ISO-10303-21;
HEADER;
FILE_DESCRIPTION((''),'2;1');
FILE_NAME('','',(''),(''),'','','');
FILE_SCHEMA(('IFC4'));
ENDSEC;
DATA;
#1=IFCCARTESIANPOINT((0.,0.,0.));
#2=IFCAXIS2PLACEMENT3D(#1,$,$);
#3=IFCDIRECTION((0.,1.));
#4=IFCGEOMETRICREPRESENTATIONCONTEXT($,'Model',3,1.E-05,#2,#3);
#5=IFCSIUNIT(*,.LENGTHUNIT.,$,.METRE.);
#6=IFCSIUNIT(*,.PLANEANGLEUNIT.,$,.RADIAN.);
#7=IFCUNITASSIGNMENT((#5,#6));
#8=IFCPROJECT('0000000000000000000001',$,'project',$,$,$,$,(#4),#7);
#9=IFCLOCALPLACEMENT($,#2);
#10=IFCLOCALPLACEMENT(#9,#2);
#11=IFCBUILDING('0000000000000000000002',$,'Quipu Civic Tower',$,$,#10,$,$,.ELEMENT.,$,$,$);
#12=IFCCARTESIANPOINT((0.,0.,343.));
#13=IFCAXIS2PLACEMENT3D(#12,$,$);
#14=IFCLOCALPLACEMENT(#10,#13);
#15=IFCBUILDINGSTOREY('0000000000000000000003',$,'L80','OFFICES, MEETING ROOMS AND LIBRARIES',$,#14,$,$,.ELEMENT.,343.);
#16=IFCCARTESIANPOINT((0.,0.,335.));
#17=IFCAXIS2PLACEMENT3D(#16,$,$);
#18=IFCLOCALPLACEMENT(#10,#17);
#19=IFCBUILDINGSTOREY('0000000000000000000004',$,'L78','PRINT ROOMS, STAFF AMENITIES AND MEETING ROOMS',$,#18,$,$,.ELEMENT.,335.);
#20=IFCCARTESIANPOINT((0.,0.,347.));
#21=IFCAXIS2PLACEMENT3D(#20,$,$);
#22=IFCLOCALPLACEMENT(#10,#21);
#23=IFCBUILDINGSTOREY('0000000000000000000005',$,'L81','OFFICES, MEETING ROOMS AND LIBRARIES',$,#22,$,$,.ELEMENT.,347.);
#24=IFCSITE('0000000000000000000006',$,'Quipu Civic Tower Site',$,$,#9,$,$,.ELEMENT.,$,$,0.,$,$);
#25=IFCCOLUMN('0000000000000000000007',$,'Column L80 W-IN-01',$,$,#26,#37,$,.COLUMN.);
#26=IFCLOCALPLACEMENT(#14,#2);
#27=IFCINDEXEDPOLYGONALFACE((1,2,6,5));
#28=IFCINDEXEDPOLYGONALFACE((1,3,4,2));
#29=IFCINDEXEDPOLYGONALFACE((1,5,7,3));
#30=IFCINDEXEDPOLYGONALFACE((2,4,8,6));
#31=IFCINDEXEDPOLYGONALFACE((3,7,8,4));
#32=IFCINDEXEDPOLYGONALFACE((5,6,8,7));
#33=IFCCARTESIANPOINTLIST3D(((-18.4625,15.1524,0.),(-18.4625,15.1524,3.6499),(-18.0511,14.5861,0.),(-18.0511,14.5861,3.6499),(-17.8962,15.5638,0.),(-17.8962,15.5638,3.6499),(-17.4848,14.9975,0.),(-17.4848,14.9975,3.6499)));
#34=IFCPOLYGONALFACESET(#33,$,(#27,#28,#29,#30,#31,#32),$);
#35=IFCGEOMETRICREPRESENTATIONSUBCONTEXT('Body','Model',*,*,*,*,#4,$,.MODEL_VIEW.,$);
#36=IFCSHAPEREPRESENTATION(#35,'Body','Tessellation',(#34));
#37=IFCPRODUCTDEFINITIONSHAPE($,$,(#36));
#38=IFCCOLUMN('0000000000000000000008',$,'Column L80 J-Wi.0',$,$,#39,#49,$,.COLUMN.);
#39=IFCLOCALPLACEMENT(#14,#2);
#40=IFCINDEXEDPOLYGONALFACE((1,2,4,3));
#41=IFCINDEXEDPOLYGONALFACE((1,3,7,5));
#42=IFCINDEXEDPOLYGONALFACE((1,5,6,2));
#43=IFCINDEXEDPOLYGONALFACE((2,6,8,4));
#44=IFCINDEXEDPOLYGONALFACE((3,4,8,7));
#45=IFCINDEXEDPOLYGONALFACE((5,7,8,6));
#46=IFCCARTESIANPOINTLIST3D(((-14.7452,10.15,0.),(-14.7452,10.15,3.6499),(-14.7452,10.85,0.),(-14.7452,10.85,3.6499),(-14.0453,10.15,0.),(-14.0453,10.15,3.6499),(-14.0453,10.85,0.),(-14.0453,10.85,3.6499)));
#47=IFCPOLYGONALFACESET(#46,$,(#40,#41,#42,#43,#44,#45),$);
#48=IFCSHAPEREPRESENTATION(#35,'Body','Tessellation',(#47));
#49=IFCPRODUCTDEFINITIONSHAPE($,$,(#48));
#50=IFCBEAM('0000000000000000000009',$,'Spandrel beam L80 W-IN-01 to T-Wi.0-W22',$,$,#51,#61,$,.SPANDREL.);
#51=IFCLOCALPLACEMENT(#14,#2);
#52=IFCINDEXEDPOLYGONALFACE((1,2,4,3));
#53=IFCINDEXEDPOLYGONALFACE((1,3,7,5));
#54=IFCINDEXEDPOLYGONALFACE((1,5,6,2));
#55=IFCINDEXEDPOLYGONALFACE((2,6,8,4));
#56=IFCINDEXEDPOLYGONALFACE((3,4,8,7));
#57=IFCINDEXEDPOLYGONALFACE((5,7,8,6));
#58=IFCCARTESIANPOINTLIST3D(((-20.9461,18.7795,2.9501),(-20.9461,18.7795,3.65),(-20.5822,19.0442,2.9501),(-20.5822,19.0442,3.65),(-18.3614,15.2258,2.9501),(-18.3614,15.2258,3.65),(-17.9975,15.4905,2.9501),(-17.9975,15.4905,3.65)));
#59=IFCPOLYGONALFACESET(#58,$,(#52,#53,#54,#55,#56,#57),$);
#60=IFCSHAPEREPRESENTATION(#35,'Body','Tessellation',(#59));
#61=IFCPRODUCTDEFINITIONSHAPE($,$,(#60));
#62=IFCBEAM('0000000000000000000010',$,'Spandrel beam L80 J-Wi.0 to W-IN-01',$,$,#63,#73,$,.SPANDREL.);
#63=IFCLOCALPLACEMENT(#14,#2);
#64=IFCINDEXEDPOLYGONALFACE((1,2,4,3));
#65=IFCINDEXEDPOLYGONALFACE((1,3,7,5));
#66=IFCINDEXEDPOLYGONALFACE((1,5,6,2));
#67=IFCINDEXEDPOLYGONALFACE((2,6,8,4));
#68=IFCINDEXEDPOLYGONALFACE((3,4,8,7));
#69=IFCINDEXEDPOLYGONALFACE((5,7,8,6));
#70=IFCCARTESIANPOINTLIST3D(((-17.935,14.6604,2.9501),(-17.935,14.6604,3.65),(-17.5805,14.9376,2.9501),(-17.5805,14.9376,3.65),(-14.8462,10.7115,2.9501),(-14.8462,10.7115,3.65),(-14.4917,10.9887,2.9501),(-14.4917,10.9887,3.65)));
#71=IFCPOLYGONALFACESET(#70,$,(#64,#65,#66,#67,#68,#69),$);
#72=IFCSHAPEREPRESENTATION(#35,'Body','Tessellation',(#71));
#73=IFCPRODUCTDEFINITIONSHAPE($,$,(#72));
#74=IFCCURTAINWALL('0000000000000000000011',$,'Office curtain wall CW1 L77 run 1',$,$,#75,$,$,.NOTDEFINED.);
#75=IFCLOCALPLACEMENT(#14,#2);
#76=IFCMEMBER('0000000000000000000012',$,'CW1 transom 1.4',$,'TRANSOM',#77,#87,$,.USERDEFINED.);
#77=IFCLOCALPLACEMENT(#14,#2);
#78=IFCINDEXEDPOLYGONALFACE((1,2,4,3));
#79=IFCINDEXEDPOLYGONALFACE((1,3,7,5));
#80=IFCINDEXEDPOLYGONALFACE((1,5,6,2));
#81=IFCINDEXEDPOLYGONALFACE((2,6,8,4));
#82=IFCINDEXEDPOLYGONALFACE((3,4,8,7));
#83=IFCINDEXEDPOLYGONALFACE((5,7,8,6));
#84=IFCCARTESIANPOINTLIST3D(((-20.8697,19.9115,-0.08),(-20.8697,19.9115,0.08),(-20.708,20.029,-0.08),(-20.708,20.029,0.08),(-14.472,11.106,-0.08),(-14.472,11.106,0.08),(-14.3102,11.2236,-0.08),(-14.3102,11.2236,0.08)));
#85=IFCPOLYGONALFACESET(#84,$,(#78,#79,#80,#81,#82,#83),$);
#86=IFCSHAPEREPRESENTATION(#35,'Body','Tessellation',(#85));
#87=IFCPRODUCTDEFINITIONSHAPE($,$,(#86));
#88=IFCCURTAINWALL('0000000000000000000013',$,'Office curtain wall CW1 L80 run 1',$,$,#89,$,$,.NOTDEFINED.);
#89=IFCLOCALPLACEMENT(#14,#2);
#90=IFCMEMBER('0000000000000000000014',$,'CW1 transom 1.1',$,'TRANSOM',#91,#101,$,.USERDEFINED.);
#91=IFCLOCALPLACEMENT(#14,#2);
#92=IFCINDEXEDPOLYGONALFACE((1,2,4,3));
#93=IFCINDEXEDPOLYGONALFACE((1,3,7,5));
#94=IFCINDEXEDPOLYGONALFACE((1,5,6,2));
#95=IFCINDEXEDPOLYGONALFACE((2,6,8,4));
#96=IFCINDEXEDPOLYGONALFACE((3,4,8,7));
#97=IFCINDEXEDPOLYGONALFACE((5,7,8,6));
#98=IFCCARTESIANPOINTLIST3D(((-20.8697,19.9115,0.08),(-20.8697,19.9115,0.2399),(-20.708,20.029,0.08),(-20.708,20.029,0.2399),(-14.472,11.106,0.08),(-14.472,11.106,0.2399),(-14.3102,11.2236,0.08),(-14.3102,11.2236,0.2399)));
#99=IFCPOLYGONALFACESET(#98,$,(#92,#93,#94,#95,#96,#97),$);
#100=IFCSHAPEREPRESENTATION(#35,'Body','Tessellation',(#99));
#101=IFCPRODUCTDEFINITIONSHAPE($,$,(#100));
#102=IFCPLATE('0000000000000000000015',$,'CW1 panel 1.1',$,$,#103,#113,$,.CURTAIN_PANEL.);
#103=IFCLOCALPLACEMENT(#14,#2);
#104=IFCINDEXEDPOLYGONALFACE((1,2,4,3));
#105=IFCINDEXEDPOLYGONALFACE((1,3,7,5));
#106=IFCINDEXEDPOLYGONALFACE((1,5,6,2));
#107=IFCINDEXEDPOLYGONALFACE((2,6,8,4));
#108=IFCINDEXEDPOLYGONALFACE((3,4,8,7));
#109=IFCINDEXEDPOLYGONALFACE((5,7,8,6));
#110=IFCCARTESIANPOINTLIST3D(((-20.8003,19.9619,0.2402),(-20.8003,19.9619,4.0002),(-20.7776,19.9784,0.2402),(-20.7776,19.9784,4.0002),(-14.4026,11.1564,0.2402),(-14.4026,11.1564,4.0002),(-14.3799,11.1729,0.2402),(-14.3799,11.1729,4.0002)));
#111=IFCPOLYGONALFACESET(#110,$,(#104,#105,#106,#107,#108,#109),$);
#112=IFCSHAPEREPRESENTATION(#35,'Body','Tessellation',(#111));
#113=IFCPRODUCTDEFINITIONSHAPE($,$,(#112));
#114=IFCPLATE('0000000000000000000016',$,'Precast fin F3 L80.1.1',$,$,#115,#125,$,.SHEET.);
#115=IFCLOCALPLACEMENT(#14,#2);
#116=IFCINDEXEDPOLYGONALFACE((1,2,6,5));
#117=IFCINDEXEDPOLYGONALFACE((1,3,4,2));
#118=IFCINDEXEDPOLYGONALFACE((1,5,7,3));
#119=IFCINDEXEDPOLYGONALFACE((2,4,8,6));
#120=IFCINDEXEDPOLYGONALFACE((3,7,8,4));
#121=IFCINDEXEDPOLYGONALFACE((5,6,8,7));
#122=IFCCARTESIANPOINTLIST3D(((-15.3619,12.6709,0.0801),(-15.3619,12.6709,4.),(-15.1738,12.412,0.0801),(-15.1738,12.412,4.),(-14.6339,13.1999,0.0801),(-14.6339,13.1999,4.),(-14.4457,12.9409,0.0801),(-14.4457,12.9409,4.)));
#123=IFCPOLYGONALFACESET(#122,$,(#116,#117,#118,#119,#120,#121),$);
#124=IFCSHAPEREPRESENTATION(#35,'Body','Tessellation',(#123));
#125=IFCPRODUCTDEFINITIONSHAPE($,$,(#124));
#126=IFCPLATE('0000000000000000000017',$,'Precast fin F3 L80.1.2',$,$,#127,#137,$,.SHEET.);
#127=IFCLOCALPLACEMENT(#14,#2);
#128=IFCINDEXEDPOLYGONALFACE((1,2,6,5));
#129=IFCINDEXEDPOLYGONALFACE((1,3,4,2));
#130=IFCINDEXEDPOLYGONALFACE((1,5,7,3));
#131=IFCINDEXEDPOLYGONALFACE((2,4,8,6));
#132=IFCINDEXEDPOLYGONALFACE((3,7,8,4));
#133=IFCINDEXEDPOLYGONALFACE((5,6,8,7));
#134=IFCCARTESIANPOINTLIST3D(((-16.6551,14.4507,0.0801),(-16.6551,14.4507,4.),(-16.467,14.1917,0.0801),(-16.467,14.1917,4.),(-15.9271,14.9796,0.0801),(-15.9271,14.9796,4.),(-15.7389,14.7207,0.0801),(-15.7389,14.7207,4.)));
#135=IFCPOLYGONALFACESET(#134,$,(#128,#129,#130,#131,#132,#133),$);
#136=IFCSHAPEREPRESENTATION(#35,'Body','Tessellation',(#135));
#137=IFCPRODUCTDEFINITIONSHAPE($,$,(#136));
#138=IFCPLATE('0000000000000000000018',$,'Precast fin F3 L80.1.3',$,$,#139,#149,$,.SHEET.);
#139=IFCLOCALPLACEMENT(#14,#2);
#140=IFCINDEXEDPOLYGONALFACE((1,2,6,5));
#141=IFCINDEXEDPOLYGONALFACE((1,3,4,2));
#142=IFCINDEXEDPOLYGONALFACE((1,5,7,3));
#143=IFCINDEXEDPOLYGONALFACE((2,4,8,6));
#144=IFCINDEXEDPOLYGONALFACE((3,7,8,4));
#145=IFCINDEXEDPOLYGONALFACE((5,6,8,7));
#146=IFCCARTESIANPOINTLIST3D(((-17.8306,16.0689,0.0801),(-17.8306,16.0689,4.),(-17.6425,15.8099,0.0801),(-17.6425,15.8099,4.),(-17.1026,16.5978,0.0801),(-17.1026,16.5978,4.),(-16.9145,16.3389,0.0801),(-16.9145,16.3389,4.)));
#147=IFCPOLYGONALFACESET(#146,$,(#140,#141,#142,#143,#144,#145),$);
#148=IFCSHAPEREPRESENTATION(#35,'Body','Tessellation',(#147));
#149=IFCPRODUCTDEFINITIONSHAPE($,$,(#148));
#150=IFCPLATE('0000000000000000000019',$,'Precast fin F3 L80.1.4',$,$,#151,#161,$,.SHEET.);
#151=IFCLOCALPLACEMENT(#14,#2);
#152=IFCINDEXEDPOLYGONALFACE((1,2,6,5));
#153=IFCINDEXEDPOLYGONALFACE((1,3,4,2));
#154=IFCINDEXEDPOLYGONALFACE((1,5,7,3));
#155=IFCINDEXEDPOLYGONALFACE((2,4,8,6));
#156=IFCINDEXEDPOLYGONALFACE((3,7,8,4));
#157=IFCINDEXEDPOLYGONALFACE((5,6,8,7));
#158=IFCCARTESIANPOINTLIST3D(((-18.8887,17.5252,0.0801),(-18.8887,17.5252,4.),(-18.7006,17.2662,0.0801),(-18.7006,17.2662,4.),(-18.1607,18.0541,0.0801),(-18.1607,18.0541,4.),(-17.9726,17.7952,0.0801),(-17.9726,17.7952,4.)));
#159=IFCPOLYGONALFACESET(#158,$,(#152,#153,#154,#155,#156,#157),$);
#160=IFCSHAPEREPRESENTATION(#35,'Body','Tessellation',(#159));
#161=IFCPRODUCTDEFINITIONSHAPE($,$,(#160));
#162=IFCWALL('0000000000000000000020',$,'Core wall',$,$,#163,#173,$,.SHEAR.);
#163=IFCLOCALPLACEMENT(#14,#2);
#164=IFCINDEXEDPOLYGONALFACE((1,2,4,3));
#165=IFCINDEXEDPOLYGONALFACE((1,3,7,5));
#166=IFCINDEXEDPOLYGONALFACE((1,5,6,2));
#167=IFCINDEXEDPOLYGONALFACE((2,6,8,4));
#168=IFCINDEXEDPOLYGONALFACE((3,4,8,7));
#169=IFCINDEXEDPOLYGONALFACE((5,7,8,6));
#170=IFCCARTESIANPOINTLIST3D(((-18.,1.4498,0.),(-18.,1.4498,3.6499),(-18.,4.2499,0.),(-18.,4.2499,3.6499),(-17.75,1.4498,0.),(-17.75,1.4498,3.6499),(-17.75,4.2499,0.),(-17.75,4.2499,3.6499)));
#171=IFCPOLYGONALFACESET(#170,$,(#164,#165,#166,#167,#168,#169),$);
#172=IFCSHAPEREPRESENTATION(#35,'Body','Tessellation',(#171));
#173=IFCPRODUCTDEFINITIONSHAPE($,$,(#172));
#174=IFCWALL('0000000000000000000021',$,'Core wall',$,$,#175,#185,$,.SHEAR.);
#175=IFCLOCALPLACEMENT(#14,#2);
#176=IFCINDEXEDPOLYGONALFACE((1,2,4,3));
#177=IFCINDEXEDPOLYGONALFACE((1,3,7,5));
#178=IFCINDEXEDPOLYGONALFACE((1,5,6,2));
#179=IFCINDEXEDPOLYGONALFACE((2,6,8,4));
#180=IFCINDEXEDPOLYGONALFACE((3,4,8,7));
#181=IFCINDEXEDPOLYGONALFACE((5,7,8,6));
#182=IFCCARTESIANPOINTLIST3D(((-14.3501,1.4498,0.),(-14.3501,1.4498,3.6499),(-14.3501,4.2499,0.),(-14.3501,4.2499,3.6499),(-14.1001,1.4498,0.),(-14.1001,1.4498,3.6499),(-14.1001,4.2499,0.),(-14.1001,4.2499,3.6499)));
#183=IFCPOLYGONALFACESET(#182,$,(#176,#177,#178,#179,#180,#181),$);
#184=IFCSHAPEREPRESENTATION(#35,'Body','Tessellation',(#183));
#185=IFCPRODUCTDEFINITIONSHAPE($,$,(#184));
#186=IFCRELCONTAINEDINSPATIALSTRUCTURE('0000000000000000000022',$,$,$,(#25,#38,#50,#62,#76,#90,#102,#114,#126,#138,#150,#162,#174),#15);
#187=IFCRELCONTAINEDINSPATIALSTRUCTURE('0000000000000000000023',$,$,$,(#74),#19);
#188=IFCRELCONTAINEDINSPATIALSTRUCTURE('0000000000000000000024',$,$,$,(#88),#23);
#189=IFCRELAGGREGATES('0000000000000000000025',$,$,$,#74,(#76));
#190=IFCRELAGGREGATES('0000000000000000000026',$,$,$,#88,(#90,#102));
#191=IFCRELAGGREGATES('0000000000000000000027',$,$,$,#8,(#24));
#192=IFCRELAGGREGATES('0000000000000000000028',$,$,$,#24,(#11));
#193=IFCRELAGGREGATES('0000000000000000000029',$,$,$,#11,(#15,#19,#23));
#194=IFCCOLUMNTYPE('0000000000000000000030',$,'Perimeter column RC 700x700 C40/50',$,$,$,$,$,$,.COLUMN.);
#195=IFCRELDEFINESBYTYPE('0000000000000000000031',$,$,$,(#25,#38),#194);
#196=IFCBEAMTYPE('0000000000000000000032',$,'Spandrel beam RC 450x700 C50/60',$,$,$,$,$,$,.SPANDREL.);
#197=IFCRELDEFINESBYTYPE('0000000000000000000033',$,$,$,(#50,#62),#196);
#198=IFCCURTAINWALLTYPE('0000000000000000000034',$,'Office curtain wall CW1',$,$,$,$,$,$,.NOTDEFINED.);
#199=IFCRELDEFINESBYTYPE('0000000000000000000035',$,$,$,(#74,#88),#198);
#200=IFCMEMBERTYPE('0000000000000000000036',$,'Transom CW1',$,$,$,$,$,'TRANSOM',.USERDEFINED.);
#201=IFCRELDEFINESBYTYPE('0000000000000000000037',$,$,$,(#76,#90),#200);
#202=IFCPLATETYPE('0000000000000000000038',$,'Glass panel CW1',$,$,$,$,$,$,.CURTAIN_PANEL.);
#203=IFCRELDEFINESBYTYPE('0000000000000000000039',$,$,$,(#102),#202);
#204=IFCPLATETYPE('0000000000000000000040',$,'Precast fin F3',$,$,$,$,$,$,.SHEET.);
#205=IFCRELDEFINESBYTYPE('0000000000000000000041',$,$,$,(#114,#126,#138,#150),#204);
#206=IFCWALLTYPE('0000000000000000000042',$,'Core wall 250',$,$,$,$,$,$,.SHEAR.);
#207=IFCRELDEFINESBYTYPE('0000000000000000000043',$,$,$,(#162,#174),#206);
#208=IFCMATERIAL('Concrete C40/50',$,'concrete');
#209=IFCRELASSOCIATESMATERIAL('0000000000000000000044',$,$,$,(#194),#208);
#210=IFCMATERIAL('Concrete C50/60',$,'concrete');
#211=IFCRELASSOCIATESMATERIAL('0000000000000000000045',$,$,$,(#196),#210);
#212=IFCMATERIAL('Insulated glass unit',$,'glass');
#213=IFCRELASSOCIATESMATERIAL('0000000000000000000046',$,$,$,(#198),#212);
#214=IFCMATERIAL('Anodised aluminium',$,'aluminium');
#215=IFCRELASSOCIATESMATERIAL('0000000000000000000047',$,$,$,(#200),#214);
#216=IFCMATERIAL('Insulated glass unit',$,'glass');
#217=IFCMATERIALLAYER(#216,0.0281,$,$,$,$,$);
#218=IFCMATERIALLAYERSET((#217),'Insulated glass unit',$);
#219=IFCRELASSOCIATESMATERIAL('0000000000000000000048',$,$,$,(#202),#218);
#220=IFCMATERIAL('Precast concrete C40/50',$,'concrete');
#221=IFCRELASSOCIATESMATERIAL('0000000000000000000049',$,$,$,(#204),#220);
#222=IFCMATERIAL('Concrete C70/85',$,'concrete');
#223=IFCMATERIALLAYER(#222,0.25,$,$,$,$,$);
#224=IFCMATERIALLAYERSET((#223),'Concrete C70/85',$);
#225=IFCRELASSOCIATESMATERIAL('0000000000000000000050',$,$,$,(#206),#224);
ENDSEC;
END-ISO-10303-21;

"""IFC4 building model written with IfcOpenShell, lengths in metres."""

from ifc_helpers import new_model, si_unit, direction, frame, frame_2d, origin, origin_2d, place, context, subcontext, project, spatial, rectangle, extrude, material, layer, layer_set, material_profile, profile_set, type_object, element, aggregate, save


model = new_model("IFC4")

# Units and contexts
model_context = context("Model", 3, precision=1e-05, world=origin(), true_north=direction((0.0, 1.0)))
body_context = subcontext(model_context, "Body", "Model", "MODEL_VIEW")
ifc_project = project(units=[si_unit("LENGTHUNIT", "METRE"), si_unit("PLANEANGLEUNIT", "RADIAN")], contexts=[model_context])

# Site, building, storey
site_placement = place(None, origin())
site = spatial("IfcSite", under=ifc_project, at=site_placement, Name="Quipu Civic Tower Site", CompositionType="ELEMENT", RefElevation=0.0)
building_placement = place(site_placement, origin())
building = spatial("IfcBuilding", under=site, at=building_placement, Name="Quipu Civic Tower", CompositionType="ELEMENT")
storey_1_placement = place(building_placement, frame((0.0, 0.0, 343.0)))
storey_1 = spatial("IfcBuildingStorey", under=building, at=storey_1_placement, Name="L80", Description="OFFICES, MEETING ROOMS AND LIBRARIES", CompositionType="ELEMENT", Elevation=343.0)

# Columns
ifc_material_1 = material(Name="Concrete C40/50", Category="concrete")
ifc_material_profile_1 = material_profile(ifc_material_1, rectangle(XDim=0.7, YDim=0.7, at=origin_2d()), Name="RC700x700")
ifc_profile_set_1 = profile_set([ifc_material_profile_1], Name="Concrete C40/50")
column_type = type_object("IfcColumnType", Name="Perimeter column RC 700x700 C40/50", PredefinedType="COLUMN", material=ifc_profile_set_1)
for number, where, z_axis, x_axis, name in (
    (1, (-17.9736, 15.075, 0.0), (0.0, 0.0, 1.0), (-0.587785, 0.809017, 0.0), "Column L80 W-IN-01"),
    (2, (-14.3953, 10.5, 0.0), (0.0, 0.0, 1.0), (-1.0, 0.0, 0.0), "Column L80 J-Wi.0"),
):
    element("IfcColumn", number, at=place(storey_1_placement, frame(where, z_axis=z_axis, x_axis=x_axis)), inside=storey_1, type_object=column_type, Name=name, PredefinedType="COLUMN", context=body_context, shape_type="SweptSolid", body=[
        extrude(rectangle(XDim=0.7, YDim=0.7, at=origin_2d()), origin(), (0.0, 0.0, 1.0), 3.6499),
    ])

# Beams
ifc_material_2 = material(Name="Concrete C50/60", Category="concrete")
ifc_material_profile_2 = material_profile(ifc_material_2, rectangle(XDim=0.45, YDim=0.7, at=origin_2d()), Name="RC450x700")
ifc_profile_set_2 = profile_set([ifc_material_profile_2], Name="Concrete C50/60")
beam_type = type_object("IfcBeamType", Name="Spandrel beam RC 450x700 C50/60", PredefinedType="SPANDREL", material=ifc_profile_set_2)
beam_1_placement = place(storey_1_placement, frame((-18.1794, 15.3582, 3.3), z_axis=(-0.588201, 0.808714, 0.0), x_axis=(-0.808714, -0.588201, 0.0)))
element("IfcBeam", 3, at=beam_1_placement, inside=storey_1, type_object=beam_type, Name="Spandrel beam L80 W-IN-01 to T-Wi.0-W22", PredefinedType="SPANDREL", context=body_context, shape_type="SweptSolid", body=[
    extrude(rectangle(XDim=0.45, YDim=0.7, at=origin_2d()), origin(), (0.0, 0.0, 1.0), 4.3943),
])
beam_2_placement = place(storey_1_placement, frame((-14.6689, 10.8501, 3.3), z_axis=(-0.616106, 0.787663, 0.0), x_axis=(-0.787663, -0.616106, 0.0)))
element("IfcBeam", 4, at=beam_2_placement, inside=storey_1, type_object=beam_type, Name="Spandrel beam L80 J-Wi.0 to W-IN-01", PredefinedType="SPANDREL", context=body_context, shape_type="SweptSolid", body=[
    extrude(rectangle(XDim=0.45, YDim=0.7, at=origin_2d()), origin(), (0.0, 0.0, 1.0), 5.0134),
])

# Shared definitions
storey_2_placement = place(building_placement, frame((0.0, 0.0, 335.0)))
storey_2 = spatial("IfcBuildingStorey", under=building, at=storey_2_placement, Name="L78", Description="PRINT ROOMS, STAFF AMENITIES AND MEETING ROOMS", CompositionType="ELEMENT", Elevation=335.0)

# Curtain wall, member
ifc_material_3 = material(Name="Insulated glass unit", Category="glass")
curtain_wall_type = type_object("IfcCurtainWallType", Name="Office curtain wall CW1", PredefinedType="NOTDEFINED", material=ifc_material_3)
curtain_wall_1_placement = place(storey_2_placement, origin())
curtain_wall_1 = element("IfcCurtainWall", 5, at=curtain_wall_1_placement, inside=storey_2, type_object=curtain_wall_type, Name="Office curtain wall CW1 L77 run 1", PredefinedType="NOTDEFINED")
ifc_material_4 = material(Name="Anodised aluminium", Category="aluminium")
ifc_material_profile_3 = material_profile(ifc_material_4, rectangle(XDim=0.2, YDim=0.1599, at=origin_2d()), Name="RECT 200x160")
ifc_profile_set_3 = profile_set([ifc_material_profile_3], Name="Anodised aluminium")
member_type = type_object("IfcMemberType", Name="Transom CW1", ElementType="TRANSOM", PredefinedType="USERDEFINED", material=ifc_profile_set_3)
member_1_placement = place(storey_1_placement, frame((-14.3911, 11.1648, 0.0), z_axis=(-0.587797, 0.809009, 0.0), x_axis=(-0.809009, -0.587797, 0.0)))
member_1 = element("IfcMember", 6, at=member_1_placement, inside=storey_1, type_object=member_type, Name="CW1 transom 1.4", ObjectType="TRANSOM", PredefinedType="USERDEFINED", context=body_context, shape_type="SweptSolid", body=[
    extrude(rectangle(XDim=0.2, YDim=0.1599, at=origin_2d()), origin(), (0.0, 0.0, 1.0), 10.8843),
])
aggregate(curtain_wall_1, [member_1])

# Shared definitions
storey_3_placement = place(building_placement, frame((0.0, 0.0, 347.0)))
storey_3 = spatial("IfcBuildingStorey", under=building, at=storey_3_placement, Name="L81", Description="OFFICES, MEETING ROOMS AND LIBRARIES", CompositionType="ELEMENT", Elevation=347.0)

# Curtain wall, member, plate
curtain_wall_2_placement = place(storey_3_placement, origin())
curtain_wall_2 = element("IfcCurtainWall", 7, at=curtain_wall_2_placement, inside=storey_3, type_object=curtain_wall_type, Name="Office curtain wall CW1 L80 run 1", PredefinedType="NOTDEFINED")
member_2_placement = place(storey_1_placement, frame((-14.3911, 11.1648, 0.1599), z_axis=(-0.587797, 0.809009, 0.0), x_axis=(-0.809009, -0.587797, 0.0)))
member_2 = element("IfcMember", 8, at=member_2_placement, inside=storey_1, type_object=member_type, Name="CW1 transom 1.1", ObjectType="TRANSOM", PredefinedType="USERDEFINED", context=body_context, shape_type="SweptSolid", body=[
    extrude(rectangle(XDim=0.2, YDim=0.1599, at=origin_2d()), origin(), (0.0, 0.0, 1.0), 10.8843),
])
ifc_material_5 = material(Name="Insulated glass unit", Category="glass")
ifc_layer_1 = layer(ifc_material_5, 0.0281)
ifc_layer_set_1 = layer_set([ifc_layer_1], Name="Insulated glass unit")
plate_type_1 = type_object("IfcPlateType", Name="Glass panel CW1", PredefinedType="CURTAIN_PANEL", material=ifc_layer_set_1)
plate_placement = place(storey_1_placement, frame((-17.5901, 15.5674, 0.2402), z_axis=(0.0, 0.0, 1.0), x_axis=(-0.587788, 0.809015, 0.0)))
plate = element("IfcPlate", 9, at=plate_placement, inside=storey_1, type_object=plate_type_1, Name="CW1 panel 1.1", PredefinedType="CURTAIN_PANEL", context=body_context, shape_type="SweptSolid", body=[
    extrude(rectangle(XDim=10.8843, YDim=0.0281, at=origin_2d()), origin(), (0.0, 0.0, 1.0), 3.76),
])
aggregate(curtain_wall_2, [member_2, plate])

# Plates
ifc_material_6 = material(Name="Precast concrete C40/50", Category="concrete")
plate_type_2 = type_object("IfcPlateType", Name="Precast fin F3", PredefinedType="SHEET", material=ifc_material_6)
for number, where, z_axis, x_axis, name in (
    (10, (-14.9038, 12.8059, 0.0801), (0.0, 0.0, 1.0), (-0.587784, 0.809018, 0.0), "Precast fin F3 L80.1.1"),
    (11, (-16.197, 14.5857, 0.0801), (0.0, 0.0, 1.0), (-0.587784, 0.809018, 0.0), "Precast fin F3 L80.1.2"),
    (12, (-17.3726, 16.2039, 0.0801), (0.0, 0.0, 1.0), (-0.587784, 0.809018, 0.0), "Precast fin F3 L80.1.3"),
    (13, (-18.4307, 17.6602, 0.0801), (0.0, 0.0, 1.0), (-0.587784, 0.809018, 0.0), "Precast fin F3 L80.1.4"),
):
    element("IfcPlate", number, at=place(storey_1_placement, frame(where, z_axis=z_axis, x_axis=x_axis)), inside=storey_1, type_object=plate_type_2, Name=name, PredefinedType="SHEET", context=body_context, shape_type="SweptSolid", body=[
        extrude(rectangle(XDim=0.3201, YDim=0.8999, at=origin_2d()), origin(), (0.0, 0.0, 1.0), 3.9199),
    ])

# Walls
ifc_material_7 = material(Name="Concrete C70/85", Category="concrete")
ifc_layer_2 = layer(ifc_material_7, 0.25)
ifc_layer_set_2 = layer_set([ifc_layer_2], Name="Concrete C70/85")
wall_type_1 = type_object("IfcWallType", Name="Core wall 250", PredefinedType="SHEAR", material=ifc_layer_set_2)
for number, where, z_axis, x_axis, name in (
    (14, (-17.875, 1.45, 0.0), (0.0, 0.0, 1.0), (0.0, 1.0, 0.0), "Core wall"),
    (15, (-14.2251, 1.45, 0.0), (0.0, 0.0, 1.0), (0.0, 1.0, 0.0), "Core wall"),
):
    element("IfcWall", number, at=place(storey_1_placement, frame(where, z_axis=z_axis, x_axis=x_axis)), inside=storey_1, type_object=wall_type_1, Name=name, PredefinedType="SHEAR", context=body_context, shape_type="SweptSolid", body=[
        extrude(rectangle(XDim=2.8, YDim=0.25, at=frame_2d((1.3999, 0.0))), origin(), (0.0, 0.0, 1.0), 3.6499),
    ])

save(model, "model.ifc")
